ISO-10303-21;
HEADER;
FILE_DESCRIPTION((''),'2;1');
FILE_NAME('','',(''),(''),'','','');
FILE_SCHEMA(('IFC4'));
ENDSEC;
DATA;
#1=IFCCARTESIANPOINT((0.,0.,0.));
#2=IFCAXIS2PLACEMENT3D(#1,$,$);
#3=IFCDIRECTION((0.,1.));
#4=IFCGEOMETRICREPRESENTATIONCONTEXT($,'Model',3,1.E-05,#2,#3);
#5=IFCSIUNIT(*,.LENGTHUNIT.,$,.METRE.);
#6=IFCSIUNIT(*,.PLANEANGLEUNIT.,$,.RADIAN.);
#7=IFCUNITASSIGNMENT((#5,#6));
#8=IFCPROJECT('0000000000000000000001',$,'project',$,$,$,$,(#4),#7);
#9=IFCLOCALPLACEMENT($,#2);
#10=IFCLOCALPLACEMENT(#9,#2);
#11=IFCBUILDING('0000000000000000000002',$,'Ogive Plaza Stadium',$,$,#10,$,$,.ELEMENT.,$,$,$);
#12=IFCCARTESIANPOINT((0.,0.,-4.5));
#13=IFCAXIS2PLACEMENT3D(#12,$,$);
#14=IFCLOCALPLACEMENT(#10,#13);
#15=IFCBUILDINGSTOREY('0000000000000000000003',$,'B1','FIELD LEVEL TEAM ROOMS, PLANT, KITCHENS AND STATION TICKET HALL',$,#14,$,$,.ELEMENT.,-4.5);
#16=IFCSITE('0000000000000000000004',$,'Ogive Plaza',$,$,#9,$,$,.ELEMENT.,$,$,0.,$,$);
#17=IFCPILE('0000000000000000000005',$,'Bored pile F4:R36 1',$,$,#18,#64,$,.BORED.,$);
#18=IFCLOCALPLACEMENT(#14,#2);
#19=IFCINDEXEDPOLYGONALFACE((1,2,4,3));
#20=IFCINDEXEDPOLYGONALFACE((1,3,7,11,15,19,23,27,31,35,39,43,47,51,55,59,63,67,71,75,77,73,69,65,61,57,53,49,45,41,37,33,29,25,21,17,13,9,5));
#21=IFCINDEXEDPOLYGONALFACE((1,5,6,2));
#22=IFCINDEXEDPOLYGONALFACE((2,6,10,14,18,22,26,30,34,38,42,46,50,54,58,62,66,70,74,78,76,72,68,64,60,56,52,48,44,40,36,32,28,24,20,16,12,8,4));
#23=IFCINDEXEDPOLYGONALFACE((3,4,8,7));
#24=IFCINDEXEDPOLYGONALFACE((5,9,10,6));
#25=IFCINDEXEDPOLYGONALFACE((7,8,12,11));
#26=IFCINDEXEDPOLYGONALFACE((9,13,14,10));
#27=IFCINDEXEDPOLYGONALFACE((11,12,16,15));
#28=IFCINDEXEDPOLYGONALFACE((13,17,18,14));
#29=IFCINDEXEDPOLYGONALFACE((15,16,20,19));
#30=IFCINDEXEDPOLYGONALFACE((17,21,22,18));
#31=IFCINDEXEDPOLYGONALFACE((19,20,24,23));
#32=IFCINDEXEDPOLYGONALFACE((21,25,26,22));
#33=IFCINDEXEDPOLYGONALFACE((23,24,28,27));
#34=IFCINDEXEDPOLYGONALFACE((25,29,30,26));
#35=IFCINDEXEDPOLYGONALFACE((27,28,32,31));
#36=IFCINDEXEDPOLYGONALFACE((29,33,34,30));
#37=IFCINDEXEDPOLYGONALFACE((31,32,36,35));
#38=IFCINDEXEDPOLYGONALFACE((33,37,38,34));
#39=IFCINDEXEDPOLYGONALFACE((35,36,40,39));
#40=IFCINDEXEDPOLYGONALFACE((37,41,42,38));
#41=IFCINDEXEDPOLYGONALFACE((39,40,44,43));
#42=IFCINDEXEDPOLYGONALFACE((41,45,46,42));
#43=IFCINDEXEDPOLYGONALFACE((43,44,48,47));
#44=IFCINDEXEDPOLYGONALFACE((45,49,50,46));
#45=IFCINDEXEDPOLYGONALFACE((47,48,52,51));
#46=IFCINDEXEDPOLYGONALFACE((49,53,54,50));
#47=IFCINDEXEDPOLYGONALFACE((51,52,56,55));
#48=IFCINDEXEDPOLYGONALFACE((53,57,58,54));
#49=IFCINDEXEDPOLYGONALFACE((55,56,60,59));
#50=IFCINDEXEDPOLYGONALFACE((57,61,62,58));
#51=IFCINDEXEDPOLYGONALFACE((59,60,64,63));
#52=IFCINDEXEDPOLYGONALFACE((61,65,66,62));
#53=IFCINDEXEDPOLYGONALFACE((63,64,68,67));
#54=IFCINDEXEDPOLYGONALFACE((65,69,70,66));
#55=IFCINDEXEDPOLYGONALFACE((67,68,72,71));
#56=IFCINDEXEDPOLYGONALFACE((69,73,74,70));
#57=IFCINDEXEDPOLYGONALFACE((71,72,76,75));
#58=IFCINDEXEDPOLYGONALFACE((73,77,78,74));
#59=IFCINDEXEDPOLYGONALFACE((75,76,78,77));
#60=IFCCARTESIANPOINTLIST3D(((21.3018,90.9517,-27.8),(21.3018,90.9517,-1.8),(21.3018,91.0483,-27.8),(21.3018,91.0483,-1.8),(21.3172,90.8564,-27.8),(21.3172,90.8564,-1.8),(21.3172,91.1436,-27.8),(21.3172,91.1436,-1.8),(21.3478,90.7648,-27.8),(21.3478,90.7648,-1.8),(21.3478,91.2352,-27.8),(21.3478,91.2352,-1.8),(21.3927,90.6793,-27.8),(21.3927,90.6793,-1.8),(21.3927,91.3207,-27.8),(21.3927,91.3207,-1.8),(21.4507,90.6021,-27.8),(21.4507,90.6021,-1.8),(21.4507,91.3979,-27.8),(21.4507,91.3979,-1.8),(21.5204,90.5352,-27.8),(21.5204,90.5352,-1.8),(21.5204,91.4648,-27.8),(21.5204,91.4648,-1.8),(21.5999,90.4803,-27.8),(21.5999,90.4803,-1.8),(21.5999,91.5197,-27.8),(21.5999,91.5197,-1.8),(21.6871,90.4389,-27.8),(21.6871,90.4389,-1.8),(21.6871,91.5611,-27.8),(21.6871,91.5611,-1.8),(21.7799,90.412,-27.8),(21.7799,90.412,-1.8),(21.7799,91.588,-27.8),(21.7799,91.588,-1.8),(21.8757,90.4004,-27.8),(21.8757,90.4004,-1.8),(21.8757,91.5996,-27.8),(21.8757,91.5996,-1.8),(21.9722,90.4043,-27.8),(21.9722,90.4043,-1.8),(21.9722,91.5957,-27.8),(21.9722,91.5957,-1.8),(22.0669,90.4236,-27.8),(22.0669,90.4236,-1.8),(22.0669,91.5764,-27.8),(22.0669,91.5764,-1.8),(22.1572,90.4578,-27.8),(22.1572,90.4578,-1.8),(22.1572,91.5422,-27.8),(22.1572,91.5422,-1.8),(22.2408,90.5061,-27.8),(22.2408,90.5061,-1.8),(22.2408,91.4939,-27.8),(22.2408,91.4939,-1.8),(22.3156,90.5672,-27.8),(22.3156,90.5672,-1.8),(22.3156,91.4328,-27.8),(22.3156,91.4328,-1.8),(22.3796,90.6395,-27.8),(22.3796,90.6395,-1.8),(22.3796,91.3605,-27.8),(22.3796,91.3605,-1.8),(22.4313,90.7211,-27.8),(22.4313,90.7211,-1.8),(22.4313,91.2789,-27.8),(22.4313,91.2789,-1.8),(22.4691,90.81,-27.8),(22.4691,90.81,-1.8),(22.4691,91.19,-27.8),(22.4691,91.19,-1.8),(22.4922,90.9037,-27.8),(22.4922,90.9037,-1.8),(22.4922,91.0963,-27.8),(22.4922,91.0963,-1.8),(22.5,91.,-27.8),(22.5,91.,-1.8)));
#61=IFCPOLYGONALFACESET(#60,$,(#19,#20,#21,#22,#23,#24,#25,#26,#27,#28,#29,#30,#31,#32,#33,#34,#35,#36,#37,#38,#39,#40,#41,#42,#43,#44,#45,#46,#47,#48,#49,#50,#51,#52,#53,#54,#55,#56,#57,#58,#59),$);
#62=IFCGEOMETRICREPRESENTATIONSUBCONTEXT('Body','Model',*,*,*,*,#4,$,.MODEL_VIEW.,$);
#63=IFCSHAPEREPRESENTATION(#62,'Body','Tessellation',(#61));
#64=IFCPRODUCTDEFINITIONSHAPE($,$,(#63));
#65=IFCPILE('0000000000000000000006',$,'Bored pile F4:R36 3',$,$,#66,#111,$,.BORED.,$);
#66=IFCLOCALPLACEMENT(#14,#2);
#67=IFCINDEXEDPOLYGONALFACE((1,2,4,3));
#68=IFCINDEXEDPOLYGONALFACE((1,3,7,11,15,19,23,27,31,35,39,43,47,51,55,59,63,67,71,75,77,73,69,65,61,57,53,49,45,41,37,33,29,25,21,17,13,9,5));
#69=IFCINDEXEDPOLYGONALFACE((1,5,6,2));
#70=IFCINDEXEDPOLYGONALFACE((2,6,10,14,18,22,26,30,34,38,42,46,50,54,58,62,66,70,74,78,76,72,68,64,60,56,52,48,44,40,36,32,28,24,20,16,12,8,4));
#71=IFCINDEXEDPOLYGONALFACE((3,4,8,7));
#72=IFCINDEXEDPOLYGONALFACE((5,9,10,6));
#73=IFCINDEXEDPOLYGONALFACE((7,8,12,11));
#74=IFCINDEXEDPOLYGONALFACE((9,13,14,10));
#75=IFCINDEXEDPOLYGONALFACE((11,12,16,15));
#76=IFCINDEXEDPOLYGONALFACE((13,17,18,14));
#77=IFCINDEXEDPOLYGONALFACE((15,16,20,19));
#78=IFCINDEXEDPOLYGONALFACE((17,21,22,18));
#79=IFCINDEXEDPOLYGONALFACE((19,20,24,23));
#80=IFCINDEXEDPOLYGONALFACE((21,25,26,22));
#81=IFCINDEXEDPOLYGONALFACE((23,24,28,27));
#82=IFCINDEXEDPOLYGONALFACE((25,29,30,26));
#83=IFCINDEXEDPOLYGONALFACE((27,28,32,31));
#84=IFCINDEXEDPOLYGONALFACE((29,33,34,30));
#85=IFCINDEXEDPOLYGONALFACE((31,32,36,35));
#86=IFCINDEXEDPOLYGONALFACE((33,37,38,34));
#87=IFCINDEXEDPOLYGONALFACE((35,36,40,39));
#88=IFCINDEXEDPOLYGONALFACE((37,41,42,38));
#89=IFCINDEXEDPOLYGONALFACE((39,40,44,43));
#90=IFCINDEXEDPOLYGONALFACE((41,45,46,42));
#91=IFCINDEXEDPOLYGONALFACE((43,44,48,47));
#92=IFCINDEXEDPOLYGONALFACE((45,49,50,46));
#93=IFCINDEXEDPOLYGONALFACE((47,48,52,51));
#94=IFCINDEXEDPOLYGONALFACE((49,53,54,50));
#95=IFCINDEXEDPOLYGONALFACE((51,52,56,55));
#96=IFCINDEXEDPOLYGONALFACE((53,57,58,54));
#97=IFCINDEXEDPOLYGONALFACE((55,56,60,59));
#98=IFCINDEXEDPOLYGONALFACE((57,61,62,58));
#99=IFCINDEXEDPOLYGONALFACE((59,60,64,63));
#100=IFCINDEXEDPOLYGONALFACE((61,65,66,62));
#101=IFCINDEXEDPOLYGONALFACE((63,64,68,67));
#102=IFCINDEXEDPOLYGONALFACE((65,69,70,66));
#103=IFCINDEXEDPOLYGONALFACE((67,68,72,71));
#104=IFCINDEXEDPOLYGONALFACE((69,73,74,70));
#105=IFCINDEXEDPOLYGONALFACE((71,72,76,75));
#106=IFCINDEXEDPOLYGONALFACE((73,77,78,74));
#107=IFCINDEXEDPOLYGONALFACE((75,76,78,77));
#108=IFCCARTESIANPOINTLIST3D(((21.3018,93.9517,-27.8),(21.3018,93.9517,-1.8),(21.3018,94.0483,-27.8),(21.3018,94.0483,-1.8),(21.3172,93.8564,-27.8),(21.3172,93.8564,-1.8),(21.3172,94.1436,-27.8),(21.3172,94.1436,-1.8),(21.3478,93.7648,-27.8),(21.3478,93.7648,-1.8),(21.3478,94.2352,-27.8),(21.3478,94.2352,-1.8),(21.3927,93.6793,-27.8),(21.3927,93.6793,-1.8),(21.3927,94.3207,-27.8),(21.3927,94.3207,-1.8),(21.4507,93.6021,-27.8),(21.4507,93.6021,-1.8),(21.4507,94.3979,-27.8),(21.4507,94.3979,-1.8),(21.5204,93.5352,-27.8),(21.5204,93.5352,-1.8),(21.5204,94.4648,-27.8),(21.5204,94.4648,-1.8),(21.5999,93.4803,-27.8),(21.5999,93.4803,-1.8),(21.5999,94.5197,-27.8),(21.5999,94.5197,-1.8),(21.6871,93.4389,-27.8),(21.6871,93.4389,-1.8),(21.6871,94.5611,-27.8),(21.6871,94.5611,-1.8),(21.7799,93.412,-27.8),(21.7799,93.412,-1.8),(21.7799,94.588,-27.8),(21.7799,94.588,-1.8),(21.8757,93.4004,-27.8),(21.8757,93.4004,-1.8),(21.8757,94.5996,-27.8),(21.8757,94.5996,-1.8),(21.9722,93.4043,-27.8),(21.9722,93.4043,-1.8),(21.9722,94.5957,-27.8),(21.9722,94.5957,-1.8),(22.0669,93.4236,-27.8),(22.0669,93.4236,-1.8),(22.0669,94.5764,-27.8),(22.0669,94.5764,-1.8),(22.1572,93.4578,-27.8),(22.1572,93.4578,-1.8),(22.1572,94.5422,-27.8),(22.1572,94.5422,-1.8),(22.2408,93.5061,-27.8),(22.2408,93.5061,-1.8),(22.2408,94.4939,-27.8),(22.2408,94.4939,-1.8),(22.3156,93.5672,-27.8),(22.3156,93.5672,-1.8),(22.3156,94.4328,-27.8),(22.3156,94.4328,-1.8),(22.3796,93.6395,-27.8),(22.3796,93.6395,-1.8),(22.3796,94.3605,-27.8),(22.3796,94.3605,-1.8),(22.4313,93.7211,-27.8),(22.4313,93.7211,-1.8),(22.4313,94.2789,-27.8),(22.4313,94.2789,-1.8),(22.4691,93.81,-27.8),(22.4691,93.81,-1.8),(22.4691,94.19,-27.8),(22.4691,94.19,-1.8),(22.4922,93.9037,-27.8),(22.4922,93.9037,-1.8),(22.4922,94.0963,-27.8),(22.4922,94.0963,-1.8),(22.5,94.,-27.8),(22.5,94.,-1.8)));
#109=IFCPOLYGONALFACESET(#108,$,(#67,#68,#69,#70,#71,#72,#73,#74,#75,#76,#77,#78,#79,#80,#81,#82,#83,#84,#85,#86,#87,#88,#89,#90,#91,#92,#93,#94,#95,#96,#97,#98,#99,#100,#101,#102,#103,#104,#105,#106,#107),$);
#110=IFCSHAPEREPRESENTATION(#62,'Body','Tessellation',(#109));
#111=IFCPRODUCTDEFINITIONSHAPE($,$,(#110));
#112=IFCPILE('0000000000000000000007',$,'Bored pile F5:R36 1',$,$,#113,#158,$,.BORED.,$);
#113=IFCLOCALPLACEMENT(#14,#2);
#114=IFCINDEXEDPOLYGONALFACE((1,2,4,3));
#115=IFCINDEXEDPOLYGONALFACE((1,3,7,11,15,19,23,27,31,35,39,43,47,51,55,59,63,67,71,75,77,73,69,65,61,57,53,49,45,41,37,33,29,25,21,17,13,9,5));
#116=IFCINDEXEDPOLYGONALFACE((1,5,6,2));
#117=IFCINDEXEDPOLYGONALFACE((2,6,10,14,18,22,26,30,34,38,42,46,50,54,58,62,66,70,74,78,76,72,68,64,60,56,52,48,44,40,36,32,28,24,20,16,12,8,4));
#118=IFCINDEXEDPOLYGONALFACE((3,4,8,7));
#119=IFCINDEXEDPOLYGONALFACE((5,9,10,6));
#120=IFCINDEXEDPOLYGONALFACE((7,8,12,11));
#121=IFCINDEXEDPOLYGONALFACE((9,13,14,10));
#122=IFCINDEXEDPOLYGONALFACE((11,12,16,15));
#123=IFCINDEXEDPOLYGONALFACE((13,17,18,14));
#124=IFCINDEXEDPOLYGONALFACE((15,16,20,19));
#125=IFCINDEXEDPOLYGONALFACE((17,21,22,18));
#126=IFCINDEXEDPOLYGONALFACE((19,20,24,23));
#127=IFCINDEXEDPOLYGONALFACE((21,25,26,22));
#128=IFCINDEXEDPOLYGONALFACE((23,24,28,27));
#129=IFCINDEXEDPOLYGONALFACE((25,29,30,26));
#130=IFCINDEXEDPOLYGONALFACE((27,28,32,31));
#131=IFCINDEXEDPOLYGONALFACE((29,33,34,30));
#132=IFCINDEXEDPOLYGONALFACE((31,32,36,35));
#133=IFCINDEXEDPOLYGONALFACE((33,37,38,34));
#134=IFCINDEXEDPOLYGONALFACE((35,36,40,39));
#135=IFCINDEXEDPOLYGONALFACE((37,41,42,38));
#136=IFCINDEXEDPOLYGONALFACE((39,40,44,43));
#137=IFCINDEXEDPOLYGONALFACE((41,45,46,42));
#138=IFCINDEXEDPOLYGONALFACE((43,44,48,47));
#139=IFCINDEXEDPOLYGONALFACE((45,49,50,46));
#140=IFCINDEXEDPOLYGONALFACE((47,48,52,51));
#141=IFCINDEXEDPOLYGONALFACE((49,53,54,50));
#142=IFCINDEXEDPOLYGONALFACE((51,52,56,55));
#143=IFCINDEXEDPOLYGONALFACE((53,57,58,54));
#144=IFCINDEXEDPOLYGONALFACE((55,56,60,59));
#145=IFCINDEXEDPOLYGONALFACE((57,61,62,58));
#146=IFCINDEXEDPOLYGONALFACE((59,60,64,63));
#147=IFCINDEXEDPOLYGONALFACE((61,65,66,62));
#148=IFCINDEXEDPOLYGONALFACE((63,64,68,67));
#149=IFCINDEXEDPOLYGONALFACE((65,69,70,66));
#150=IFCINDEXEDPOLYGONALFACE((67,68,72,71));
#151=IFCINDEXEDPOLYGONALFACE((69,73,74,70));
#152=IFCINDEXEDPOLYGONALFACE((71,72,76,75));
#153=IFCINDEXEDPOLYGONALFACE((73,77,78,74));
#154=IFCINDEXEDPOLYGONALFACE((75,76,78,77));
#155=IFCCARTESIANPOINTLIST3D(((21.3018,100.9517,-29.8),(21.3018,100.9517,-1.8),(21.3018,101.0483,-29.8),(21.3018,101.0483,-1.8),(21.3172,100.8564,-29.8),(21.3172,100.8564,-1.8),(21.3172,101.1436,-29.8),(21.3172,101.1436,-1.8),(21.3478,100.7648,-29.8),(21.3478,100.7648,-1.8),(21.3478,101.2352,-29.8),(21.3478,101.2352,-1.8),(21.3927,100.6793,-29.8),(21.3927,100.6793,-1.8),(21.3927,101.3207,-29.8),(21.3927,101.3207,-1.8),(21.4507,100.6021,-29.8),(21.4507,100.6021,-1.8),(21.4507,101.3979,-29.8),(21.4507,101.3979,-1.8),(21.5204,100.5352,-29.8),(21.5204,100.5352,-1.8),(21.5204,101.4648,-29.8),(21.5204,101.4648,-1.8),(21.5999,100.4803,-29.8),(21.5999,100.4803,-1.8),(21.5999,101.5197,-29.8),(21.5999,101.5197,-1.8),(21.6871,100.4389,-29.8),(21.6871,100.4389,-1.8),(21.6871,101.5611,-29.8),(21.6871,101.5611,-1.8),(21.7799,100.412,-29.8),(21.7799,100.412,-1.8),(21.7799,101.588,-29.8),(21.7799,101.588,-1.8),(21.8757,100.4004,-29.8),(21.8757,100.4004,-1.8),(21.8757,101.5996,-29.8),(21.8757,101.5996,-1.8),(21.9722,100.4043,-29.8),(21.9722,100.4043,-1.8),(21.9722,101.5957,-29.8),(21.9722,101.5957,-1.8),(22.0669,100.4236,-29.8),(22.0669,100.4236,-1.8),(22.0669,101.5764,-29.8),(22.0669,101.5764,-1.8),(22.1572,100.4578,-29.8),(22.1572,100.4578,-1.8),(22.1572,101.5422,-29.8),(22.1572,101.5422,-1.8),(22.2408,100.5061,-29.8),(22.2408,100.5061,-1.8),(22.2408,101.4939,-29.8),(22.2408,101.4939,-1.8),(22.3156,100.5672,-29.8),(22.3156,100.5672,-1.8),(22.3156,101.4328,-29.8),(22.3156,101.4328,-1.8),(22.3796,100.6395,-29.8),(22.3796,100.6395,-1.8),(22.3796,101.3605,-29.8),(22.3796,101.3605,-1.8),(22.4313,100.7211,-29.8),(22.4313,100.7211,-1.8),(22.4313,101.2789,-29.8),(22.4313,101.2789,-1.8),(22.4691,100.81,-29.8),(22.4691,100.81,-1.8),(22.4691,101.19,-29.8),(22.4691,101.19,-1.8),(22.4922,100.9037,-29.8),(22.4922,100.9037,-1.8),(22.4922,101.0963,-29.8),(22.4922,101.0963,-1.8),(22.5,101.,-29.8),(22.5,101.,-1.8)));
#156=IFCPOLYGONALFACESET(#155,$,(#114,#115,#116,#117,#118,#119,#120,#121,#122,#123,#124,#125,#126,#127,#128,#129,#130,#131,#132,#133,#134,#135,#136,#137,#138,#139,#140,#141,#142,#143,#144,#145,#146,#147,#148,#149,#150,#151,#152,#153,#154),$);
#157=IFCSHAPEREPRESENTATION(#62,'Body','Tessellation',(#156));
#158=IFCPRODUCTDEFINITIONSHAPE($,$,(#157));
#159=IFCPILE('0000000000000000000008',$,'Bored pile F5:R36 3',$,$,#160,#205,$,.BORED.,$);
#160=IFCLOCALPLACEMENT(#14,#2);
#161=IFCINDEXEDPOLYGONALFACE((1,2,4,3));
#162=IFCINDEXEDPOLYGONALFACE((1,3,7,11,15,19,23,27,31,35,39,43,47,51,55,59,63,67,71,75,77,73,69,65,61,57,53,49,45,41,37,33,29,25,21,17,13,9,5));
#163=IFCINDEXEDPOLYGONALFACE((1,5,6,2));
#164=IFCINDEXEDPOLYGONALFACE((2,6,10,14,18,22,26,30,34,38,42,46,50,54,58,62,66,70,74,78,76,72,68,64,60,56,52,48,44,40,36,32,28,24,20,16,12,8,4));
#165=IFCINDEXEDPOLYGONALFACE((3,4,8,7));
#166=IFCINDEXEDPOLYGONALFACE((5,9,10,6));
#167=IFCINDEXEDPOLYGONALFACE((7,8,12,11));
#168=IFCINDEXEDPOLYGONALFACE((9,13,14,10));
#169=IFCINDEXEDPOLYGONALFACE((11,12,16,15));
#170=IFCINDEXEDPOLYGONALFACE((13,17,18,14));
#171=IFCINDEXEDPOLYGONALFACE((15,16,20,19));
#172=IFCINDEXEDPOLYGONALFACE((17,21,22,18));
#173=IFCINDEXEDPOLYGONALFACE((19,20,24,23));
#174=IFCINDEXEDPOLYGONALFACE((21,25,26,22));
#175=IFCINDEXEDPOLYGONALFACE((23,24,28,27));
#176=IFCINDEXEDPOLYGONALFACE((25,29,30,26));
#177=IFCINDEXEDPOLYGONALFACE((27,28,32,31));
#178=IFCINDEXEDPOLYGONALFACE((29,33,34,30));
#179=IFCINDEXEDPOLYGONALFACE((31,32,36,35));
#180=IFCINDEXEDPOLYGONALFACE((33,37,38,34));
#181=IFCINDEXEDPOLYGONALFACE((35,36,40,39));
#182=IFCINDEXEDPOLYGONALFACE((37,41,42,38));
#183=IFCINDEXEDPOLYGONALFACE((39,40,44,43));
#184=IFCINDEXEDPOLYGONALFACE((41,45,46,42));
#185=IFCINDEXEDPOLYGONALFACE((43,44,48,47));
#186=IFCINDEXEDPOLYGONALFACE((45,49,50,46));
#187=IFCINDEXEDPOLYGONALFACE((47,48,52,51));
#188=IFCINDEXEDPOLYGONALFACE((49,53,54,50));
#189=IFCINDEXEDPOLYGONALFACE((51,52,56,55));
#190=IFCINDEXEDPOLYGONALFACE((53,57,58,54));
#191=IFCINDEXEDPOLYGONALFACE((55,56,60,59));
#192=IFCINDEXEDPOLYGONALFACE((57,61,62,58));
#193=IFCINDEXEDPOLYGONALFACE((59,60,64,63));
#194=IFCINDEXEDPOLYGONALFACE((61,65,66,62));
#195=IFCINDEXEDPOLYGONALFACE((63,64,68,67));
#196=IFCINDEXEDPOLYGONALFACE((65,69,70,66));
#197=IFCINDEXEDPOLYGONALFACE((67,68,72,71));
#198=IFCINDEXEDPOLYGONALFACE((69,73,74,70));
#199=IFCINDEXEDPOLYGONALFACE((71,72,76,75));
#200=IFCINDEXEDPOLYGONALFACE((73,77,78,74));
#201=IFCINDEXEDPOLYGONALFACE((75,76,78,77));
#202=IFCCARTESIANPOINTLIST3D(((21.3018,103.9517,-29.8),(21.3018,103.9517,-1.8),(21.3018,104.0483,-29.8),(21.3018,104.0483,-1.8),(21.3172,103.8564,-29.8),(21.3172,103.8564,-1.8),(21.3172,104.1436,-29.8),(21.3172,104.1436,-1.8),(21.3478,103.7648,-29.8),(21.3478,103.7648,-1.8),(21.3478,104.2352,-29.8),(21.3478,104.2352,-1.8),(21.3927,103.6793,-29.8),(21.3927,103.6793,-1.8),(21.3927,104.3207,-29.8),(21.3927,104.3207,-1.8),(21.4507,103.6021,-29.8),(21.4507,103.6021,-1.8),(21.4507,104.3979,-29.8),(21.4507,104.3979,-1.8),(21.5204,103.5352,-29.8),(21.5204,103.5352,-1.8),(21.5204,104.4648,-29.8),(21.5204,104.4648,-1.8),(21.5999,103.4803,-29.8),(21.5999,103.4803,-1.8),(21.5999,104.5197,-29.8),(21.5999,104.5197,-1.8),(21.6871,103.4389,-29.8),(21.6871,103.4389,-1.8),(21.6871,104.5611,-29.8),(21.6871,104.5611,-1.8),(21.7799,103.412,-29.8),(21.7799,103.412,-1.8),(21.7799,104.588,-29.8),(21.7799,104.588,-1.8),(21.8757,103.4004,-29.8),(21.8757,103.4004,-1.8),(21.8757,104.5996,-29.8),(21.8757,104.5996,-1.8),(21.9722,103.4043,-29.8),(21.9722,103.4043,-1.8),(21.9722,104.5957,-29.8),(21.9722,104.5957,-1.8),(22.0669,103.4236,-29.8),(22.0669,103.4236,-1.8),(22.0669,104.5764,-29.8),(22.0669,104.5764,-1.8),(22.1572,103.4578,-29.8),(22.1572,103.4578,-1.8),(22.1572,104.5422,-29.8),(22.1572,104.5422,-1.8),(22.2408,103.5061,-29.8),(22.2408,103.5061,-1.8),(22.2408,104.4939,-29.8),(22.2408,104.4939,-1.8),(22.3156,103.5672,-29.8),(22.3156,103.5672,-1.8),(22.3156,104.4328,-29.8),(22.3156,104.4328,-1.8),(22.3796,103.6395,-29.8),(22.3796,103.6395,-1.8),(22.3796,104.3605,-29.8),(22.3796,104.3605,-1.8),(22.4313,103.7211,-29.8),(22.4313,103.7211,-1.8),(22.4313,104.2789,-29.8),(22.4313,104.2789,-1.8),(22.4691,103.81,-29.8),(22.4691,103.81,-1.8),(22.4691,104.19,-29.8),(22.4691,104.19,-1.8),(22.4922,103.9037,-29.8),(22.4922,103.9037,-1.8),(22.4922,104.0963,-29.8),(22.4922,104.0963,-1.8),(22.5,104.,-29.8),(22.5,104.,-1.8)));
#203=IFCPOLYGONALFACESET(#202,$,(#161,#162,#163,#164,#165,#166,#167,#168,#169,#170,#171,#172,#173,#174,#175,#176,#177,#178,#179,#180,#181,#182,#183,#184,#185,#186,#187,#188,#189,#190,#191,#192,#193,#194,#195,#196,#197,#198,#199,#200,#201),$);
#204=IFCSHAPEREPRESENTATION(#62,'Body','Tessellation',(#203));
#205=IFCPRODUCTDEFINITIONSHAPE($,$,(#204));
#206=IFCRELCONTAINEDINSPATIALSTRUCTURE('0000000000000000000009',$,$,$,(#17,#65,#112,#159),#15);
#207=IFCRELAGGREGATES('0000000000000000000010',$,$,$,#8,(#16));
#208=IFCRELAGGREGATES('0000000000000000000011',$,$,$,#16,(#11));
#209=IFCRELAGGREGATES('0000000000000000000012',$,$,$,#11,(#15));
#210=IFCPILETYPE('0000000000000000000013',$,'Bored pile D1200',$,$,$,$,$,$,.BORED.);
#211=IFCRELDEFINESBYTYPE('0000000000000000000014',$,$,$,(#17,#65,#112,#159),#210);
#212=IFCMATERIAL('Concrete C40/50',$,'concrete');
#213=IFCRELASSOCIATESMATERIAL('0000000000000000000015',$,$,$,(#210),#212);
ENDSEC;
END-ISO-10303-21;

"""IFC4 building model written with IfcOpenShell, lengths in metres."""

from ifc_helpers import new_model, si_unit, direction, frame, origin, origin_2d, place, context, subcontext, project, spatial, circle, extrude, material, material_profile, profile_set, type_object, element, save


model = new_model("IFC4")

# Units and contexts
model_context = context("Model", 3, precision=1e-05, world=origin(), true_north=direction((0.0, 1.0)))
body_context = subcontext(model_context, "Body", "Model", "MODEL_VIEW")
ifc_project = project(units=[si_unit("LENGTHUNIT", "METRE"), si_unit("PLANEANGLEUNIT", "RADIAN")], contexts=[model_context])

# Site, building, storey
site_placement = place(None, origin())
site = spatial("IfcSite", under=ifc_project, at=site_placement, Name="Ogive Plaza", CompositionType="ELEMENT", RefElevation=0.0)
building_placement = place(site_placement, origin())
building = spatial("IfcBuilding", under=site, at=building_placement, Name="Ogive Plaza Stadium", CompositionType="ELEMENT")
storey_placement = place(building_placement, frame((0.0, 0.0, -4.5)))
storey = spatial("IfcBuildingStorey", under=building, at=storey_placement, Name="B1", Description="FIELD LEVEL TEAM ROOMS, PLANT, KITCHENS AND STATION TICKET HALL", CompositionType="ELEMENT", Elevation=-4.5)

# Piles
ifc_material_1 = material(Name="Concrete C40/50", Category="concrete")
ifc_material_profile_1 = material_profile(ifc_material_1, circle(Radius=0.6001, at=origin_2d()), Name="RC D1200")
ifc_profile_set_1 = profile_set([ifc_material_profile_1], Name="Concrete C40/50")
pile_type_1 = type_object("IfcPileType", Name="Bored pile D1200", PredefinedType="BORED", material=ifc_profile_set_1)
for number, where, z_axis, x_axis, name in (
    (1, (21.8999, 91.0, -1.8), (0.0, 0.0, -1.0), (1.0, 0.0, 0.0), "Bored pile F4:R36 1"),
    (2, (21.8999, 94.0, -1.8), (0.0, 0.0, -1.0), (1.0, 0.0, 0.0), "Bored pile F4:R36 3"),
):
    element("IfcPile", number, at=place(storey_placement, frame(where, z_axis=z_axis, x_axis=x_axis)), inside=storey, type_object=pile_type_1, Name=name, PredefinedType="BORED", context=body_context, shape_type="SweptSolid", body=[
        extrude(circle(Radius=0.6001, at=origin_2d()), origin(), (0.0, 0.0, 1.0), 26.0),
    ])
for number, where, z_axis, x_axis, name in (
    (3, (21.8999, 101.0, -1.8), (0.0, 0.0, -1.0), (1.0, 0.0, 0.0), "Bored pile F5:R36 1"),
    (4, (21.8999, 104.0, -1.8), (0.0, 0.0, -1.0), (1.0, 0.0, 0.0), "Bored pile F5:R36 3"),
):
    element("IfcPile", number, at=place(storey_placement, frame(where, z_axis=z_axis, x_axis=x_axis)), inside=storey, type_object=pile_type_1, Name=name, PredefinedType="BORED", context=body_context, shape_type="SweptSolid", body=[
        extrude(circle(Radius=0.6001, at=origin_2d()), origin(), (0.0, 0.0, 1.0), 28.0),
    ])

save(model, "model.ifc")
